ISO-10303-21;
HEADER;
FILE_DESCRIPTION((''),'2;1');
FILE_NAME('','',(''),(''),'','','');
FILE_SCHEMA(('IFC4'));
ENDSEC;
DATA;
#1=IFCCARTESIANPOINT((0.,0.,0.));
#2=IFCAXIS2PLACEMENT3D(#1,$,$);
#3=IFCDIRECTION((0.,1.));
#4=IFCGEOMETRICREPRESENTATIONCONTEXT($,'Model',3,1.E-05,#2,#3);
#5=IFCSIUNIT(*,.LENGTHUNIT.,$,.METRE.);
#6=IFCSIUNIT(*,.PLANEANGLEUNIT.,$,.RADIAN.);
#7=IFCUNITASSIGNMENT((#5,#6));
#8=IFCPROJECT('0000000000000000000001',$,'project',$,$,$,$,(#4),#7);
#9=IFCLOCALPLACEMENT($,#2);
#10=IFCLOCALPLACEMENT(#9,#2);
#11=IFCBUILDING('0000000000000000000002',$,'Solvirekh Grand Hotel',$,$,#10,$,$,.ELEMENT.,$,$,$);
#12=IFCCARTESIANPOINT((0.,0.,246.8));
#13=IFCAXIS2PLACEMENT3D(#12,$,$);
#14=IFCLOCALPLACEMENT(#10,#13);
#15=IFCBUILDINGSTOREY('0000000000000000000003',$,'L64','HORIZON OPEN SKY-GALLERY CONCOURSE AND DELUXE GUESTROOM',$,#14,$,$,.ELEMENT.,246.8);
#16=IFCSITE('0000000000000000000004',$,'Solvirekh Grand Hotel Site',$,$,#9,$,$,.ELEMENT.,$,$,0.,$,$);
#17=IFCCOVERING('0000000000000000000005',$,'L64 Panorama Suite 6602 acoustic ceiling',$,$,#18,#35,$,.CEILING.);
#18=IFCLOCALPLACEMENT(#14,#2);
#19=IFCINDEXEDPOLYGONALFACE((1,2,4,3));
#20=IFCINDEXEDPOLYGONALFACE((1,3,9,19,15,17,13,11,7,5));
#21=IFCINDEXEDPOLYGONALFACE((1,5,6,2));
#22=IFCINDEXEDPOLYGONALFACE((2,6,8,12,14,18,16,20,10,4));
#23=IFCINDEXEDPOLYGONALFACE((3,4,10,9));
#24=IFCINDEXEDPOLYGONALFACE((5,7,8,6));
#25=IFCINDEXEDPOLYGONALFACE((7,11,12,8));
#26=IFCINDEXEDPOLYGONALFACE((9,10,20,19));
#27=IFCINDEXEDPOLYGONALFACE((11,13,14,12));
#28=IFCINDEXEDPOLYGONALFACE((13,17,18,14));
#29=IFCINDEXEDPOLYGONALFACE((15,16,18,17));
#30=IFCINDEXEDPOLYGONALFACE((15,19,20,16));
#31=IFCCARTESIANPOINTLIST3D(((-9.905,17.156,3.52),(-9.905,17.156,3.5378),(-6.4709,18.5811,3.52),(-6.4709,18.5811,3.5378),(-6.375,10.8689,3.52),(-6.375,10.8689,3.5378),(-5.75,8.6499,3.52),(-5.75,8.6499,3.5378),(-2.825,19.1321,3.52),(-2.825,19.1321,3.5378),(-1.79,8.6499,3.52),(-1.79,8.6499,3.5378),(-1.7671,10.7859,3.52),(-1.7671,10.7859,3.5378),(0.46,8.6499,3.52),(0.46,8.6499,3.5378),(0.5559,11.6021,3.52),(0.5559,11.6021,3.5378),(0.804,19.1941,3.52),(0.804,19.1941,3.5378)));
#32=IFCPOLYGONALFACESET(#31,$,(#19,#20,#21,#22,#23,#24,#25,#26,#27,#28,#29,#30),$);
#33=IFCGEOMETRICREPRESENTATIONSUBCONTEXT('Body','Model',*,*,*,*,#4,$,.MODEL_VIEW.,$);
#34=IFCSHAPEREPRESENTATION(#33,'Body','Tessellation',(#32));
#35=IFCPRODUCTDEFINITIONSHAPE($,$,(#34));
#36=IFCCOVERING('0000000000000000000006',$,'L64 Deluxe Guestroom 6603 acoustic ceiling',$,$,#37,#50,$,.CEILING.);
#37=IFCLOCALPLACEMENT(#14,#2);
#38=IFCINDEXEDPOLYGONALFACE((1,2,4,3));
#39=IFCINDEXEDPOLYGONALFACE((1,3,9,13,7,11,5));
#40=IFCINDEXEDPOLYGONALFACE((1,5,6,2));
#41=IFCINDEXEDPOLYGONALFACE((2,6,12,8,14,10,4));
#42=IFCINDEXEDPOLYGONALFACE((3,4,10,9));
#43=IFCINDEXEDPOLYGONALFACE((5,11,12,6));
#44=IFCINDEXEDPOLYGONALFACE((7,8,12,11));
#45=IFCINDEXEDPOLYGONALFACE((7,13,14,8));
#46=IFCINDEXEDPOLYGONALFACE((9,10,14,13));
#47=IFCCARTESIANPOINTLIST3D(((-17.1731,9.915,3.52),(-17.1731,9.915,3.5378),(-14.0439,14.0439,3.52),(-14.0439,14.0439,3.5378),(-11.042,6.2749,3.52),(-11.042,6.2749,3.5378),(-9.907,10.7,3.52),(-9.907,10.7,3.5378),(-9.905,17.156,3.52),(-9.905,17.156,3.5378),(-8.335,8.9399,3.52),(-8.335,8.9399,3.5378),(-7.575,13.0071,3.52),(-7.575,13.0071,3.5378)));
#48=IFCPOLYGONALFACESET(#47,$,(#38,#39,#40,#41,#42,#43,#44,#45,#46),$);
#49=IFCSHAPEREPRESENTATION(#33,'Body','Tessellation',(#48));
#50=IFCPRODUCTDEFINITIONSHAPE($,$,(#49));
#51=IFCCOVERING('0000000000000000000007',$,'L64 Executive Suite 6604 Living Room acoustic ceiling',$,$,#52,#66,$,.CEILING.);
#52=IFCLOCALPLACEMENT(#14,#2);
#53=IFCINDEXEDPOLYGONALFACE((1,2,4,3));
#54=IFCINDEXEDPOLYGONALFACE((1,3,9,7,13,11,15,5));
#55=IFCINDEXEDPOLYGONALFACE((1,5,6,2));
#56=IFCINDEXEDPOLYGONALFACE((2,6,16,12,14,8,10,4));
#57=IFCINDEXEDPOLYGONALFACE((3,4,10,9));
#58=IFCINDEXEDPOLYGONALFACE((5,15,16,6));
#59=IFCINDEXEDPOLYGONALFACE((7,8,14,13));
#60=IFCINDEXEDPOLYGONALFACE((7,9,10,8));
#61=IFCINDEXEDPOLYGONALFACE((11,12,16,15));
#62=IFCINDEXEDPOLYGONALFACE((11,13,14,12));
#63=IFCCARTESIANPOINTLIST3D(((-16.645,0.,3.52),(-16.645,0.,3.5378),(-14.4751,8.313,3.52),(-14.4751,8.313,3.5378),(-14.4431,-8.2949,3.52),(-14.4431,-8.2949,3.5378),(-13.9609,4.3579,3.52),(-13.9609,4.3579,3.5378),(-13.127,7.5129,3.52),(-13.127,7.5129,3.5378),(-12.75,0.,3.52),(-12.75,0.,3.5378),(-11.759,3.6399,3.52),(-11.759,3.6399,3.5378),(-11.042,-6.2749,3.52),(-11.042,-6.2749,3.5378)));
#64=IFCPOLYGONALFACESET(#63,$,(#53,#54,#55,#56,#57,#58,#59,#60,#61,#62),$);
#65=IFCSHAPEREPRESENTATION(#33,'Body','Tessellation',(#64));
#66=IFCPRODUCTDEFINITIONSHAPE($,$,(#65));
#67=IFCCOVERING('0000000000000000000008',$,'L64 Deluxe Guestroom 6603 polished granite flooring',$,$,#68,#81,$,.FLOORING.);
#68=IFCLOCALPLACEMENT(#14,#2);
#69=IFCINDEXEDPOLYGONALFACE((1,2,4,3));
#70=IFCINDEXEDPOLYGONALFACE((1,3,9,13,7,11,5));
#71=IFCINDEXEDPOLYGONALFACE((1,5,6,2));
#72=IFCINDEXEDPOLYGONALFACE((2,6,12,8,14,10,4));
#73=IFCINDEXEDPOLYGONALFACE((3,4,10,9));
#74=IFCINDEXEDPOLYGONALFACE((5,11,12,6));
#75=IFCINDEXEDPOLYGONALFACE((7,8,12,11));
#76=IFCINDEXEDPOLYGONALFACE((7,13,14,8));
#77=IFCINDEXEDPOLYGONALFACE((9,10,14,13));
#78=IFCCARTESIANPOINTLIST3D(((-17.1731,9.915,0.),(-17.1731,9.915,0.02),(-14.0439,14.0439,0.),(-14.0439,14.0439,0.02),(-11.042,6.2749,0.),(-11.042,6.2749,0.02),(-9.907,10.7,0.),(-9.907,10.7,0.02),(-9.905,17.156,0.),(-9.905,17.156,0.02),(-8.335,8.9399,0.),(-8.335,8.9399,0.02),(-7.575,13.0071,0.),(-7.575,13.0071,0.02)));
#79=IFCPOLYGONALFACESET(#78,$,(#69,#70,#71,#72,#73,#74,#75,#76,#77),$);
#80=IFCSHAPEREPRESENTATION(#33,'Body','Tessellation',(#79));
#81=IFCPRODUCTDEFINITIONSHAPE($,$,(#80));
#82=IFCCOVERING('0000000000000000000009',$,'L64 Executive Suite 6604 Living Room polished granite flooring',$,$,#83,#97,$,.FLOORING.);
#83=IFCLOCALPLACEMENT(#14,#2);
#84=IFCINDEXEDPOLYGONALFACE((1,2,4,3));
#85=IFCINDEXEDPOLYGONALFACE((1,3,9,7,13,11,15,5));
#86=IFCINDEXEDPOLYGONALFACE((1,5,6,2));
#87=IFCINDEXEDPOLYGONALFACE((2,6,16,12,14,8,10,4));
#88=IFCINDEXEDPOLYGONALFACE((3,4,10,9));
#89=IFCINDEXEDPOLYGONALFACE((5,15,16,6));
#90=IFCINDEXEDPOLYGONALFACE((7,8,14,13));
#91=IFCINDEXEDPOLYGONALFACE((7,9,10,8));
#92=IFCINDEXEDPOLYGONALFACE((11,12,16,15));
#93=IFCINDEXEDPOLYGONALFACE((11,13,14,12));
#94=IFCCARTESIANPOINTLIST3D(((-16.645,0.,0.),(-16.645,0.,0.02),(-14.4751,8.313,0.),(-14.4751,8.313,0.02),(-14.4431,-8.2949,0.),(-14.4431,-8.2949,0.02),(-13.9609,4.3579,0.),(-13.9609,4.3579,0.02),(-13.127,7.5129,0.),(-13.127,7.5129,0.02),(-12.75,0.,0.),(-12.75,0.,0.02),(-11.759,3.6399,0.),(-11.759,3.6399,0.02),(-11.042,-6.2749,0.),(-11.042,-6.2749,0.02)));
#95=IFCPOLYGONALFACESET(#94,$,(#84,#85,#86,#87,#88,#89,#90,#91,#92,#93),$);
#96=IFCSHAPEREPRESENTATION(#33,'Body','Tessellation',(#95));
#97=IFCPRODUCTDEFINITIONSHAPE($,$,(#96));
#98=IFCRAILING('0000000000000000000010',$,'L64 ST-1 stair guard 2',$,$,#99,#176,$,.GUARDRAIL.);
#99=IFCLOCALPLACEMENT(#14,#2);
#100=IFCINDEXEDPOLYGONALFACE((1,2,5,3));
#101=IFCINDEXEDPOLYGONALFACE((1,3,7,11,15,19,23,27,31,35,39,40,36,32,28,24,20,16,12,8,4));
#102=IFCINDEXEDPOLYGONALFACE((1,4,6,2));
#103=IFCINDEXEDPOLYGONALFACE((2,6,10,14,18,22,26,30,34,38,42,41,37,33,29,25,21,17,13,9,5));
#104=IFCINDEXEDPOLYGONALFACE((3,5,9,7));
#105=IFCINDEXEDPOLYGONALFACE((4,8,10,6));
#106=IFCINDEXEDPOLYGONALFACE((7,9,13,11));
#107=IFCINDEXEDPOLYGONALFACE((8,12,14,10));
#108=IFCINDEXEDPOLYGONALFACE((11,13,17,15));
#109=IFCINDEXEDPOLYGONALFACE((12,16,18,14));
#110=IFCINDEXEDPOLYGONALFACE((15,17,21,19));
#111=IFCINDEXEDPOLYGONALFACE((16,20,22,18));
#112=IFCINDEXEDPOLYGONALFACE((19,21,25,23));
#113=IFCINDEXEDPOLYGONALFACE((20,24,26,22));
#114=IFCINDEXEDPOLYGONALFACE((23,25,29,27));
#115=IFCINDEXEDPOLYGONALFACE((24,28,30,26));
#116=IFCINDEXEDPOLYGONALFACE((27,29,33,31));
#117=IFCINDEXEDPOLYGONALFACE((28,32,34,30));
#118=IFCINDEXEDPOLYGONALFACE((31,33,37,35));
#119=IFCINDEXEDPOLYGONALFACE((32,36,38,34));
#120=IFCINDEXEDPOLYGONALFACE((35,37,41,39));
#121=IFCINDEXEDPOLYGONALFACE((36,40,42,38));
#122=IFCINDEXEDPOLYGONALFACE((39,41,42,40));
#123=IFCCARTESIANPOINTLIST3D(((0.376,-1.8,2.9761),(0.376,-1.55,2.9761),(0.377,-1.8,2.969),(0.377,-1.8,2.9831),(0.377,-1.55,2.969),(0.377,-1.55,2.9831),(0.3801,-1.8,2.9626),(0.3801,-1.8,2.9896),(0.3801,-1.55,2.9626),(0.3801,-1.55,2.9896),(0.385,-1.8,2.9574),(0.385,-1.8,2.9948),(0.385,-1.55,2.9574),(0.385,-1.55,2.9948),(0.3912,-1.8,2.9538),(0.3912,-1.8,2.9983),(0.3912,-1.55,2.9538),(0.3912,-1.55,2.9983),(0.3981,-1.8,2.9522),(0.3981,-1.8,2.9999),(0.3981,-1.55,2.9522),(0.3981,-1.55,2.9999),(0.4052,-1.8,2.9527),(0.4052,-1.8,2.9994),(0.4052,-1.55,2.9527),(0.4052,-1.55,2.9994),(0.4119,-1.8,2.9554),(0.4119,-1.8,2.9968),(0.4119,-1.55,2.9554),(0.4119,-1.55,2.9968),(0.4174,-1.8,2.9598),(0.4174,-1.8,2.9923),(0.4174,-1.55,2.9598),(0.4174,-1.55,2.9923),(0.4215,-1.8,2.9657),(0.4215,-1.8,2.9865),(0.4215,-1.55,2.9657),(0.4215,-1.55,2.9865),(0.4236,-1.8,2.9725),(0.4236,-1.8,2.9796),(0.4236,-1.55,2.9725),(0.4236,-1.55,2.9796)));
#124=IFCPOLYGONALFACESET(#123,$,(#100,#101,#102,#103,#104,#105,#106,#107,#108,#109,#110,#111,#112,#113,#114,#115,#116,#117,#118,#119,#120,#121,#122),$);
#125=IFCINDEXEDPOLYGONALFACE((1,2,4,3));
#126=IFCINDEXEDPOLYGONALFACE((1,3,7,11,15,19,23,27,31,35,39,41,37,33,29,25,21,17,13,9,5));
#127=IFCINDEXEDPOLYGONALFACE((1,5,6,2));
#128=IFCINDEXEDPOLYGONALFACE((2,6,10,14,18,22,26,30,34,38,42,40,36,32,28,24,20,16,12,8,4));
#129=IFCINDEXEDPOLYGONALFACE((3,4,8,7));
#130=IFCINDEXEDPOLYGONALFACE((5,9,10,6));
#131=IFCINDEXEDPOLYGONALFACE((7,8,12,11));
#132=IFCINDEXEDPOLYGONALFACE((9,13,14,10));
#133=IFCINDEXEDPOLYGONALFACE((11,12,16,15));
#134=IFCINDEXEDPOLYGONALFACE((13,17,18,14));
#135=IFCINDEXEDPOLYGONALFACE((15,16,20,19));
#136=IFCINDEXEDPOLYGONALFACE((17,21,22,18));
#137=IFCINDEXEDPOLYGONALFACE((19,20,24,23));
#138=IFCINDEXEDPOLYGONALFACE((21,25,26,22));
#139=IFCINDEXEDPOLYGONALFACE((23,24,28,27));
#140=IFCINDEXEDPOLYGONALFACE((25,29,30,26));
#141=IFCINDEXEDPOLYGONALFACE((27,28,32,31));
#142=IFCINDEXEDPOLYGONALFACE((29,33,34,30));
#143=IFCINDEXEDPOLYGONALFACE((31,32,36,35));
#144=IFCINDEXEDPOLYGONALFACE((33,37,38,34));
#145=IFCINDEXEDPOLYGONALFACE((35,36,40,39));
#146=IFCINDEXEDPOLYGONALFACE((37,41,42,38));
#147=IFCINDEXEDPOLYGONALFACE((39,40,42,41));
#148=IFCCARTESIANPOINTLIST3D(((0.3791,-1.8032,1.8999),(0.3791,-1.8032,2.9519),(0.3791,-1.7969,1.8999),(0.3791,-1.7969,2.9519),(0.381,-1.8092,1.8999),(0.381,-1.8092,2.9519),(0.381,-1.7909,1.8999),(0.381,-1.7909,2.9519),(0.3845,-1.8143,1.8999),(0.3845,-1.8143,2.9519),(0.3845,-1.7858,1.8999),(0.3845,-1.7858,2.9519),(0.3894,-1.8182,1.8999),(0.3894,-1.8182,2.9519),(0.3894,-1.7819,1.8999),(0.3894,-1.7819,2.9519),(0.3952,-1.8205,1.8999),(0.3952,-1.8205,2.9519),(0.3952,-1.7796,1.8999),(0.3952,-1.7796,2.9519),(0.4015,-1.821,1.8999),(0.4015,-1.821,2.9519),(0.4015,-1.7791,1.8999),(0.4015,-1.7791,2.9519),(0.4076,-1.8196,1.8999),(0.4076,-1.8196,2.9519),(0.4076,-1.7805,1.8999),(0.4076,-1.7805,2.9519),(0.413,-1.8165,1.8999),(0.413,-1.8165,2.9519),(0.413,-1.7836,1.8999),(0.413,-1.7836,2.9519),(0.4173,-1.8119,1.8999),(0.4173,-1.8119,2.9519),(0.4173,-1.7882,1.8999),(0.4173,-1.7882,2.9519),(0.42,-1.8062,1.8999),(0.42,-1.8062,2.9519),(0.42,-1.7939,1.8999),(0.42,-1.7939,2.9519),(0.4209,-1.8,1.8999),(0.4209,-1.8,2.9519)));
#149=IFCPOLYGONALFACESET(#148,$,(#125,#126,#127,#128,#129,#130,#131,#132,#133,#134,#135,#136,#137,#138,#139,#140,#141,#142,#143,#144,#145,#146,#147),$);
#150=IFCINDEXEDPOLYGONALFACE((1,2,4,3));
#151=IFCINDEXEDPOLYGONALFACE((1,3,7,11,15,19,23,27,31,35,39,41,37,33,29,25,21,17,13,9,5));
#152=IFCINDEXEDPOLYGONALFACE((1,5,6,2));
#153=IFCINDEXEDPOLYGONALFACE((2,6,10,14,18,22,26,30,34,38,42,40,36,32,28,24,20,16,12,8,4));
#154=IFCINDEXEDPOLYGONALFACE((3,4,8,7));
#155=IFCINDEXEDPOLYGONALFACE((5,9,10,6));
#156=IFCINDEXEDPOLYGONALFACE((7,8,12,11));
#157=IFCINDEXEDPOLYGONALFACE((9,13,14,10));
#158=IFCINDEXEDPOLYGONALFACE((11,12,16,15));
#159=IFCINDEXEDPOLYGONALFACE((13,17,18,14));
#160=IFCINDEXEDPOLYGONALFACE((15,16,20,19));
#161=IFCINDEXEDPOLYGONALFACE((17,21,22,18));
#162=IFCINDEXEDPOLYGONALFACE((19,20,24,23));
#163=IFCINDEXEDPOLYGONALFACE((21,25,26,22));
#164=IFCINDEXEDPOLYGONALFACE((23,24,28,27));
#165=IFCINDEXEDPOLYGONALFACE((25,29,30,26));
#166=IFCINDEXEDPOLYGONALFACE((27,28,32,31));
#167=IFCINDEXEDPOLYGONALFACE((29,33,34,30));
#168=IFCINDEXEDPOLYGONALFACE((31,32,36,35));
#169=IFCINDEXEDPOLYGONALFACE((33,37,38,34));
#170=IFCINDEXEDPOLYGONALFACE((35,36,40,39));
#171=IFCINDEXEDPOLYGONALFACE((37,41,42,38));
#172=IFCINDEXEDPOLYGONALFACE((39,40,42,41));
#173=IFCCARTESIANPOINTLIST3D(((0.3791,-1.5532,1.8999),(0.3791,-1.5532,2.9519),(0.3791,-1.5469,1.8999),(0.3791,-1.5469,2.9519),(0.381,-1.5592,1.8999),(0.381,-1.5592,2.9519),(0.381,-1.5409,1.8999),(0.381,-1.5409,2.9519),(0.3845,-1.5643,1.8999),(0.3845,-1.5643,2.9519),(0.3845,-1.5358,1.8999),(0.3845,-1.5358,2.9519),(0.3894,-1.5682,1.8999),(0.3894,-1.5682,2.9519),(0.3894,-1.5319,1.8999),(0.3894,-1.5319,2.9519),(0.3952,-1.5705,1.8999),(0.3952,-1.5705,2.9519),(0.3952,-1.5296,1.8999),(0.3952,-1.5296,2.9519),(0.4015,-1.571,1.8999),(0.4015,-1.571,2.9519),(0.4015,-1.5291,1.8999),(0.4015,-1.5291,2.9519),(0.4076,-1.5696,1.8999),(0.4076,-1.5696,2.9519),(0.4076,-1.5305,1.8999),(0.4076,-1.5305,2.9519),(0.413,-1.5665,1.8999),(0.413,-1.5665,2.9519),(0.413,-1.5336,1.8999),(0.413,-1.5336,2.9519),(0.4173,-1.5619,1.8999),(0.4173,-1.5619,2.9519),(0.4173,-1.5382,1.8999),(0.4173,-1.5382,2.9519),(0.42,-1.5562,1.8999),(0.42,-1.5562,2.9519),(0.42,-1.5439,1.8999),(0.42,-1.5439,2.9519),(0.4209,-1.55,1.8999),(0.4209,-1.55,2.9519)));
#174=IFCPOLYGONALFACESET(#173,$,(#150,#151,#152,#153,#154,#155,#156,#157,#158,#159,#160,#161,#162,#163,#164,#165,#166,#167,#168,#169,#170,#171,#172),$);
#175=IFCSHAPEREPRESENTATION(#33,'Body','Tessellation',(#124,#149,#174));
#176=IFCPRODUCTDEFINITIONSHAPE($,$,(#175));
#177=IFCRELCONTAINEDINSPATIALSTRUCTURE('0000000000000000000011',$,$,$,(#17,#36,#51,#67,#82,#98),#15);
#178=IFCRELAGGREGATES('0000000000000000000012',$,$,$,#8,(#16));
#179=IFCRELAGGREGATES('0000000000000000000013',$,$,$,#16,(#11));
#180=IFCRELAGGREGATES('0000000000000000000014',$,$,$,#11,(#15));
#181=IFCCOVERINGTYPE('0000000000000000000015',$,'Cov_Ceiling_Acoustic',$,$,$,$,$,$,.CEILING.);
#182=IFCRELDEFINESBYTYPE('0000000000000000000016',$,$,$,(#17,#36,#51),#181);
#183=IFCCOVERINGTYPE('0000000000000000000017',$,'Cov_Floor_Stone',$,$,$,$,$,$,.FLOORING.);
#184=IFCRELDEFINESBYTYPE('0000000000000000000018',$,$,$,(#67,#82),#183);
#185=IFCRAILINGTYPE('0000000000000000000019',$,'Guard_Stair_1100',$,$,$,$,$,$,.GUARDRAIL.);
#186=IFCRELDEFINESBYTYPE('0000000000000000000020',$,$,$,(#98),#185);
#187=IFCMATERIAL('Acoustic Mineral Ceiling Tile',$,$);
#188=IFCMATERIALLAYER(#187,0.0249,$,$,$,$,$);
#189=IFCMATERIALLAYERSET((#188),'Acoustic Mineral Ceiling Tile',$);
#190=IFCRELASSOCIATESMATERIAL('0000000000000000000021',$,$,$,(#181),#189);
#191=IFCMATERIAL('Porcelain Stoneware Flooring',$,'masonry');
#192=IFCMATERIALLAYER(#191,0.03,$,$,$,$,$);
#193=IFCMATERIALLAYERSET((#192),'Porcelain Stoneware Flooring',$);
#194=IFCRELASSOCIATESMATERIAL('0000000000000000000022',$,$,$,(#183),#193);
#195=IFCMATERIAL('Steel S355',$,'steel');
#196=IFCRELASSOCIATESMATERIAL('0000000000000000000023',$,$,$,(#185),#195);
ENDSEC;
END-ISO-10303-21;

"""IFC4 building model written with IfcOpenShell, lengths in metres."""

from ifc_helpers import new_model, si_unit, direction, frame, origin, origin_2d, place, context, subcontext, project, spatial, polyline, circle, outline, extrude, material, layer, layer_set, type_object, element, save


model = new_model("IFC4")

# Units and contexts
model_context = context("Model", 3, precision=1e-05, world=origin(), true_north=direction((0.0, 1.0)))
body_context = subcontext(model_context, "Body", "Model", "MODEL_VIEW")
ifc_project = project(units=[si_unit("LENGTHUNIT", "METRE"), si_unit("PLANEANGLEUNIT", "RADIAN")], contexts=[model_context])

# Site, building, storey
site_placement = place(None, origin())
site = spatial("IfcSite", under=ifc_project, at=site_placement, Name="Solvirekh Grand Hotel Site", CompositionType="ELEMENT", RefElevation=0.0)
building_placement = place(site_placement, origin())
building = spatial("IfcBuilding", under=site, at=building_placement, Name="Solvirekh Grand Hotel", CompositionType="ELEMENT")
storey_placement = place(building_placement, frame((0.0, 0.0, 246.8)))
storey = spatial("IfcBuildingStorey", under=building, at=storey_placement, Name="L64", Description="HORIZON OPEN SKY-GALLERY CONCOURSE AND DELUXE GUESTROOM", CompositionType="ELEMENT", Elevation=246.8)

# Coverings
ifc_material_1 = material(Name="Acoustic Mineral Ceiling Tile")
ifc_layer_1 = layer(ifc_material_1, 0.0249)
ifc_layer_set_1 = layer_set([ifc_layer_1], Name="Acoustic Mineral Ceiling Tile")
covering_type_1 = type_object("IfcCoveringType", Name="Cov_Ceiling_Acoustic", PredefinedType="CEILING", material=ifc_layer_set_1)
covering_1_placement = place(storey_placement, frame((0.0, 0.0, 3.52)))
element("IfcCovering", 1, at=covering_1_placement, inside=storey, type_object=covering_type_1, Name="L64 Panorama Suite 6602 acoustic ceiling", PredefinedType="CEILING", context=body_context, shape_type="SweptSolid", body=[
    extrude(outline(polyline([(-1.79, 8.6499), (-1.7671, 10.7859), (0.5559, 11.6021), (0.46, 8.6499), (0.804, 19.1941), (-2.825, 19.1321), (-6.4709, 18.5811), (-9.905, 17.156), (-6.375, 10.8689), (-5.75, 8.6499), (-1.79, 8.6499)])), origin(), (0.0, 0.0, 1.0), 0.0178),
])
covering_2_placement = place(storey_placement, frame((0.0, 0.0, 3.52)))
element("IfcCovering", 2, at=covering_2_placement, inside=storey, type_object=covering_type_1, Name="L64 Deluxe Guestroom 6603 acoustic ceiling", PredefinedType="CEILING", context=body_context, shape_type="SweptSolid", body=[
    extrude(outline(polyline([(-9.907, 10.7), (-7.575, 13.0071), (-9.905, 17.156), (-14.0439, 14.0439), (-17.1731, 9.915), (-11.042, 6.2749), (-8.335, 8.9399), (-9.907, 10.7)])), origin(), (0.0, 0.0, 1.0), 0.0178),
])
covering_3_placement = place(storey_placement, frame((0.0, 0.0, 3.52)))
element("IfcCovering", 3, at=covering_3_placement, inside=storey, type_object=covering_type_1, Name="L64 Executive Suite 6604 Living Room acoustic ceiling", PredefinedType="CEILING", context=body_context, shape_type="SweptSolid", body=[
    extrude(outline(polyline([(-13.9609, 4.3579), (-13.127, 7.5129), (-14.4751, 8.313), (-16.645, 0.0), (-14.4431, -8.2949), (-11.042, -6.2749), (-12.75, 0.0), (-11.759, 3.6399), (-13.9609, 4.3579)])), origin(), (0.0, 0.0, 1.0), 0.0178),
])
ifc_material_2 = material(Name="Porcelain Stoneware Flooring", Category="masonry")
ifc_layer_2 = layer(ifc_material_2, 0.03)
ifc_layer_set_2 = layer_set([ifc_layer_2], Name="Porcelain Stoneware Flooring")
covering_type_2 = type_object("IfcCoveringType", Name="Cov_Floor_Stone", PredefinedType="FLOORING", material=ifc_layer_set_2)
covering_4_placement = place(storey_placement, origin())
element("IfcCovering", 4, at=covering_4_placement, inside=storey, type_object=covering_type_2, Name="L64 Deluxe Guestroom 6603 polished granite flooring", PredefinedType="FLOORING", context=body_context, shape_type="SweptSolid", body=[
    extrude(outline(polyline([(-9.907, 10.7), (-7.575, 13.0071), (-9.905, 17.156), (-14.0439, 14.0439), (-17.1731, 9.915), (-11.042, 6.2749), (-8.335, 8.9399), (-9.907, 10.7)])), origin(), (0.0, 0.0, 1.0), 0.02),
])
covering_5_placement = place(storey_placement, origin())
element("IfcCovering", 5, at=covering_5_placement, inside=storey, type_object=covering_type_2, Name="L64 Executive Suite 6604 Living Room polished granite flooring", PredefinedType="FLOORING", context=body_context, shape_type="SweptSolid", body=[
    extrude(outline(polyline([(-13.9609, 4.3579), (-13.127, 7.5129), (-14.4751, 8.313), (-16.645, 0.0), (-14.4431, -8.2949), (-11.042, -6.2749), (-12.75, 0.0), (-11.759, 3.6399), (-13.9609, 4.3579)])), origin(), (0.0, 0.0, 1.0), 0.02),
])

# Railing
ifc_material_3 = material(Name="Steel S355", Category="steel")
railing_type_1 = type_object("IfcRailingType", Name="Guard_Stair_1100", PredefinedType="GUARDRAIL", material=ifc_material_3)
railing_1_placement = place(storey_placement, frame((0.3999, -1.8, 1.8999)))
element("IfcRailing", 6, at=railing_1_placement, inside=storey, type_object=railing_type_1, Name="L64 ST-1 stair guard 2", PredefinedType="GUARDRAIL", context=body_context, shape_type="SweptSolid", body=[
    extrude(circle(Radius=0.0239, at=origin_2d()), frame((0.0, 0.0, 1.0762), z_axis=(0.0, 1.0, 0.0), x_axis=(-1.0, 0.0, 0.0)), (0.0, 0.0, 1.0), 0.25),
    extrude(circle(Radius=0.021, at=origin_2d()), origin(), (0.0, 0.0, 1.0), 1.052),
    extrude(circle(Radius=0.021, at=origin_2d()), frame((0.0, 0.25, 0.0)), (0.0, 0.0, 1.0), 1.052),
])

save(model, "model.ifc")
